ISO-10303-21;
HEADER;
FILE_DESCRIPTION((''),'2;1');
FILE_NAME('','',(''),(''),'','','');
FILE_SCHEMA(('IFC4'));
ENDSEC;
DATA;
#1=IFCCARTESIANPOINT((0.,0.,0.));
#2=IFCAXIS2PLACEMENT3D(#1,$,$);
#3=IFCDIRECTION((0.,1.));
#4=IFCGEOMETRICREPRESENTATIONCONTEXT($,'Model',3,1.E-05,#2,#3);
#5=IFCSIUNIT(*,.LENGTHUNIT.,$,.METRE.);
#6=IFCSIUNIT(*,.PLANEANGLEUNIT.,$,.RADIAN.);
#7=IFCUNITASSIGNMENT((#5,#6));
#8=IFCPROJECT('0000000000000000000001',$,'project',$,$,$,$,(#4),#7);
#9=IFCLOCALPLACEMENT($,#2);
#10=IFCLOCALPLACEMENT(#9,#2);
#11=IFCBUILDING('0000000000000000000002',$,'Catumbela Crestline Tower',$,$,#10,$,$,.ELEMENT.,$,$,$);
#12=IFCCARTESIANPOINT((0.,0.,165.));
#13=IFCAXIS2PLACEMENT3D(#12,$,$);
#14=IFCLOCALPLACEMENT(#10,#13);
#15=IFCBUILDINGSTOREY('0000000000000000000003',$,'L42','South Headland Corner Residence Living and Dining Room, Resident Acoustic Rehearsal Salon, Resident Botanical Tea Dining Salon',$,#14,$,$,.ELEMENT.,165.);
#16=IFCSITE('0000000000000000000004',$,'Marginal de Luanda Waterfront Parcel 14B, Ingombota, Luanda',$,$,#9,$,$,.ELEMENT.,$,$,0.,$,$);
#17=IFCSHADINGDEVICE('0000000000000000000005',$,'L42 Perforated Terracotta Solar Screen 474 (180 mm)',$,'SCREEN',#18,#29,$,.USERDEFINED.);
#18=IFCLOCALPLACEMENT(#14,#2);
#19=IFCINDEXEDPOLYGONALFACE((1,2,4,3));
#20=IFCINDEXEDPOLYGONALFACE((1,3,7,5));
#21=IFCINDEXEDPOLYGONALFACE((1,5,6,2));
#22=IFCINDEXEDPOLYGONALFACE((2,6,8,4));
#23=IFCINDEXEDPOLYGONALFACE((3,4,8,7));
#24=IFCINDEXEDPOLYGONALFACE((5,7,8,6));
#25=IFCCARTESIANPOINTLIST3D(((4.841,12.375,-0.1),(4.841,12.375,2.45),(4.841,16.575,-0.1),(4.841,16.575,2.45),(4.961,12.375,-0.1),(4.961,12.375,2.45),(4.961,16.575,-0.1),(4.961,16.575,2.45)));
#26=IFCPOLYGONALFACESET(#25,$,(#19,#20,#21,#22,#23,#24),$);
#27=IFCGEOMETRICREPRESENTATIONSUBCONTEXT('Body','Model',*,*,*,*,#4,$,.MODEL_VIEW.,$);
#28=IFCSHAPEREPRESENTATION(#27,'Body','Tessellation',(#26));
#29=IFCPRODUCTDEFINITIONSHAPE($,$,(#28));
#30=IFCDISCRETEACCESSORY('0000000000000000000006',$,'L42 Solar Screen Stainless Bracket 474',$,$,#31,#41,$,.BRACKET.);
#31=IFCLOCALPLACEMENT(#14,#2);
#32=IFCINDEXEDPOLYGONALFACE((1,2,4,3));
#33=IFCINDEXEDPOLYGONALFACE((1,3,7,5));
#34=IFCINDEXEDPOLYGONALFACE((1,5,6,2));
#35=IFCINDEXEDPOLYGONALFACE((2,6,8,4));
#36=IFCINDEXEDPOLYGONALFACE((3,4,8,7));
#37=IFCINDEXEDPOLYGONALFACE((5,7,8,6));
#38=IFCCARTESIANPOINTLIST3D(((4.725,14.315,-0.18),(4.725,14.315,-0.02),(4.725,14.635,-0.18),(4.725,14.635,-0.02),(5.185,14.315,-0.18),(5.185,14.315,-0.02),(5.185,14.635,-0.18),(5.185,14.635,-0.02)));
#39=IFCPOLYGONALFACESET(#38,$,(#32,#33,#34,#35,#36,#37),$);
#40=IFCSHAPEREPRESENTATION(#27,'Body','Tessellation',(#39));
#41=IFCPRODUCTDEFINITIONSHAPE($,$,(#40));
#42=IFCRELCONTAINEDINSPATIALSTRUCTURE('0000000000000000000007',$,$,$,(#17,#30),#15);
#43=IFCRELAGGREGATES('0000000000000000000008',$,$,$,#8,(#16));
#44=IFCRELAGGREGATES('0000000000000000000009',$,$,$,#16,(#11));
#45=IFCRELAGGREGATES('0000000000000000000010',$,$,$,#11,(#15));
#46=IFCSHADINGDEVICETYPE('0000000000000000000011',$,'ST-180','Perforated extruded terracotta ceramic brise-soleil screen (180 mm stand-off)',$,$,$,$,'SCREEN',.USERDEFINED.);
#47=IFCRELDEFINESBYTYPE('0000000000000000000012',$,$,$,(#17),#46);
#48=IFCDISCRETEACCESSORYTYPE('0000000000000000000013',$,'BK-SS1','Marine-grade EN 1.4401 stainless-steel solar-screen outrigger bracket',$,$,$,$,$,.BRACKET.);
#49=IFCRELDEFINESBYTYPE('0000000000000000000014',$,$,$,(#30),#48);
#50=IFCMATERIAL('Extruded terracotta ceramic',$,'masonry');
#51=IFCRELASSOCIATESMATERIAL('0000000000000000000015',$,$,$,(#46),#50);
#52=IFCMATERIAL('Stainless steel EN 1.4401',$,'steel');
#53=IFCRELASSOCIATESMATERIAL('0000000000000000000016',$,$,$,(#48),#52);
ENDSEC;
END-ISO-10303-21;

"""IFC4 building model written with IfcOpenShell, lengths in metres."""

from ifc_helpers import new_model, si_unit, direction, frame, origin, origin_2d, place, context, subcontext, project, spatial, rectangle, extrude, material, type_object, element, save


model = new_model("IFC4")

# Units and contexts
model_context = context("Model", 3, precision=1e-05, world=origin(), true_north=direction((0.0, 1.0)))
body_context = subcontext(model_context, "Body", "Model", "MODEL_VIEW")
ifc_project = project(units=[si_unit("LENGTHUNIT", "METRE"), si_unit("PLANEANGLEUNIT", "RADIAN")], contexts=[model_context])

# Site, building, storey
site_placement = place(None, origin())
site = spatial("IfcSite", under=ifc_project, at=site_placement, Name="Marginal de Luanda Waterfront Parcel 14B, Ingombota, Luanda", CompositionType="ELEMENT", RefElevation=0.0)
building_placement = place(site_placement, origin())
building = spatial("IfcBuilding", under=site, at=building_placement, Name="Catumbela Crestline Tower", CompositionType="ELEMENT")
storey_placement = place(building_placement, frame((0.0, 0.0, 165.0)))
storey = spatial("IfcBuildingStorey", under=building, at=storey_placement, Name="L42", Description="South Headland Corner Residence Living and Dining Room, Resident Acoustic Rehearsal Salon, Resident Botanical Tea Dining Salon", CompositionType="ELEMENT", Elevation=165.0)

# Shading device
ifc_material_1 = material(Name="Extruded terracotta ceramic", Category="masonry")
shading_device_type = type_object("IfcShadingDeviceType", Name="ST-180", Description="Perforated extruded terracotta ceramic brise-soleil screen (180 mm stand-off)", ElementType="SCREEN", PredefinedType="USERDEFINED", material=ifc_material_1)
shading_device_placement = place(storey_placement, frame((4.901, 14.475, -0.1), z_axis=(0.0, 0.0, 1.0), x_axis=(0.0, -1.0, 0.0)))
element("IfcShadingDevice", 1, at=shading_device_placement, inside=storey, type_object=shading_device_type, Name="L42 Perforated Terracotta Solar Screen 474 (180 mm)", ObjectType="SCREEN", PredefinedType="USERDEFINED", context=body_context, shape_type="SweptSolid", body=[
    extrude(rectangle(XDim=4.2, YDim=0.12, at=origin_2d()), origin(), (0.0, 0.0, 1.0), 2.55),
])

# Discrete accessory
ifc_material_2 = material(Name="Stainless steel EN 1.4401", Category="steel")
discrete_accessory_type = type_object("IfcDiscreteAccessoryType", Name="BK-SS1", Description="Marine-grade EN 1.4401 stainless-steel solar-screen outrigger bracket", PredefinedType="BRACKET", material=ifc_material_2)
discrete_accessory_placement = place(storey_placement, frame((4.955, 14.475, -0.18), z_axis=(0.0, 0.0, 1.0), x_axis=(0.0, -1.0, 0.0)))
element("IfcDiscreteAccessory", 2, at=discrete_accessory_placement, inside=storey, type_object=discrete_accessory_type, Name="L42 Solar Screen Stainless Bracket 474", PredefinedType="BRACKET", context=body_context, shape_type="SweptSolid", body=[
    extrude(rectangle(XDim=0.32, YDim=0.46, at=origin_2d()), origin(), (0.0, 0.0, 1.0), 0.16),
])

save(model, "model.ifc")
